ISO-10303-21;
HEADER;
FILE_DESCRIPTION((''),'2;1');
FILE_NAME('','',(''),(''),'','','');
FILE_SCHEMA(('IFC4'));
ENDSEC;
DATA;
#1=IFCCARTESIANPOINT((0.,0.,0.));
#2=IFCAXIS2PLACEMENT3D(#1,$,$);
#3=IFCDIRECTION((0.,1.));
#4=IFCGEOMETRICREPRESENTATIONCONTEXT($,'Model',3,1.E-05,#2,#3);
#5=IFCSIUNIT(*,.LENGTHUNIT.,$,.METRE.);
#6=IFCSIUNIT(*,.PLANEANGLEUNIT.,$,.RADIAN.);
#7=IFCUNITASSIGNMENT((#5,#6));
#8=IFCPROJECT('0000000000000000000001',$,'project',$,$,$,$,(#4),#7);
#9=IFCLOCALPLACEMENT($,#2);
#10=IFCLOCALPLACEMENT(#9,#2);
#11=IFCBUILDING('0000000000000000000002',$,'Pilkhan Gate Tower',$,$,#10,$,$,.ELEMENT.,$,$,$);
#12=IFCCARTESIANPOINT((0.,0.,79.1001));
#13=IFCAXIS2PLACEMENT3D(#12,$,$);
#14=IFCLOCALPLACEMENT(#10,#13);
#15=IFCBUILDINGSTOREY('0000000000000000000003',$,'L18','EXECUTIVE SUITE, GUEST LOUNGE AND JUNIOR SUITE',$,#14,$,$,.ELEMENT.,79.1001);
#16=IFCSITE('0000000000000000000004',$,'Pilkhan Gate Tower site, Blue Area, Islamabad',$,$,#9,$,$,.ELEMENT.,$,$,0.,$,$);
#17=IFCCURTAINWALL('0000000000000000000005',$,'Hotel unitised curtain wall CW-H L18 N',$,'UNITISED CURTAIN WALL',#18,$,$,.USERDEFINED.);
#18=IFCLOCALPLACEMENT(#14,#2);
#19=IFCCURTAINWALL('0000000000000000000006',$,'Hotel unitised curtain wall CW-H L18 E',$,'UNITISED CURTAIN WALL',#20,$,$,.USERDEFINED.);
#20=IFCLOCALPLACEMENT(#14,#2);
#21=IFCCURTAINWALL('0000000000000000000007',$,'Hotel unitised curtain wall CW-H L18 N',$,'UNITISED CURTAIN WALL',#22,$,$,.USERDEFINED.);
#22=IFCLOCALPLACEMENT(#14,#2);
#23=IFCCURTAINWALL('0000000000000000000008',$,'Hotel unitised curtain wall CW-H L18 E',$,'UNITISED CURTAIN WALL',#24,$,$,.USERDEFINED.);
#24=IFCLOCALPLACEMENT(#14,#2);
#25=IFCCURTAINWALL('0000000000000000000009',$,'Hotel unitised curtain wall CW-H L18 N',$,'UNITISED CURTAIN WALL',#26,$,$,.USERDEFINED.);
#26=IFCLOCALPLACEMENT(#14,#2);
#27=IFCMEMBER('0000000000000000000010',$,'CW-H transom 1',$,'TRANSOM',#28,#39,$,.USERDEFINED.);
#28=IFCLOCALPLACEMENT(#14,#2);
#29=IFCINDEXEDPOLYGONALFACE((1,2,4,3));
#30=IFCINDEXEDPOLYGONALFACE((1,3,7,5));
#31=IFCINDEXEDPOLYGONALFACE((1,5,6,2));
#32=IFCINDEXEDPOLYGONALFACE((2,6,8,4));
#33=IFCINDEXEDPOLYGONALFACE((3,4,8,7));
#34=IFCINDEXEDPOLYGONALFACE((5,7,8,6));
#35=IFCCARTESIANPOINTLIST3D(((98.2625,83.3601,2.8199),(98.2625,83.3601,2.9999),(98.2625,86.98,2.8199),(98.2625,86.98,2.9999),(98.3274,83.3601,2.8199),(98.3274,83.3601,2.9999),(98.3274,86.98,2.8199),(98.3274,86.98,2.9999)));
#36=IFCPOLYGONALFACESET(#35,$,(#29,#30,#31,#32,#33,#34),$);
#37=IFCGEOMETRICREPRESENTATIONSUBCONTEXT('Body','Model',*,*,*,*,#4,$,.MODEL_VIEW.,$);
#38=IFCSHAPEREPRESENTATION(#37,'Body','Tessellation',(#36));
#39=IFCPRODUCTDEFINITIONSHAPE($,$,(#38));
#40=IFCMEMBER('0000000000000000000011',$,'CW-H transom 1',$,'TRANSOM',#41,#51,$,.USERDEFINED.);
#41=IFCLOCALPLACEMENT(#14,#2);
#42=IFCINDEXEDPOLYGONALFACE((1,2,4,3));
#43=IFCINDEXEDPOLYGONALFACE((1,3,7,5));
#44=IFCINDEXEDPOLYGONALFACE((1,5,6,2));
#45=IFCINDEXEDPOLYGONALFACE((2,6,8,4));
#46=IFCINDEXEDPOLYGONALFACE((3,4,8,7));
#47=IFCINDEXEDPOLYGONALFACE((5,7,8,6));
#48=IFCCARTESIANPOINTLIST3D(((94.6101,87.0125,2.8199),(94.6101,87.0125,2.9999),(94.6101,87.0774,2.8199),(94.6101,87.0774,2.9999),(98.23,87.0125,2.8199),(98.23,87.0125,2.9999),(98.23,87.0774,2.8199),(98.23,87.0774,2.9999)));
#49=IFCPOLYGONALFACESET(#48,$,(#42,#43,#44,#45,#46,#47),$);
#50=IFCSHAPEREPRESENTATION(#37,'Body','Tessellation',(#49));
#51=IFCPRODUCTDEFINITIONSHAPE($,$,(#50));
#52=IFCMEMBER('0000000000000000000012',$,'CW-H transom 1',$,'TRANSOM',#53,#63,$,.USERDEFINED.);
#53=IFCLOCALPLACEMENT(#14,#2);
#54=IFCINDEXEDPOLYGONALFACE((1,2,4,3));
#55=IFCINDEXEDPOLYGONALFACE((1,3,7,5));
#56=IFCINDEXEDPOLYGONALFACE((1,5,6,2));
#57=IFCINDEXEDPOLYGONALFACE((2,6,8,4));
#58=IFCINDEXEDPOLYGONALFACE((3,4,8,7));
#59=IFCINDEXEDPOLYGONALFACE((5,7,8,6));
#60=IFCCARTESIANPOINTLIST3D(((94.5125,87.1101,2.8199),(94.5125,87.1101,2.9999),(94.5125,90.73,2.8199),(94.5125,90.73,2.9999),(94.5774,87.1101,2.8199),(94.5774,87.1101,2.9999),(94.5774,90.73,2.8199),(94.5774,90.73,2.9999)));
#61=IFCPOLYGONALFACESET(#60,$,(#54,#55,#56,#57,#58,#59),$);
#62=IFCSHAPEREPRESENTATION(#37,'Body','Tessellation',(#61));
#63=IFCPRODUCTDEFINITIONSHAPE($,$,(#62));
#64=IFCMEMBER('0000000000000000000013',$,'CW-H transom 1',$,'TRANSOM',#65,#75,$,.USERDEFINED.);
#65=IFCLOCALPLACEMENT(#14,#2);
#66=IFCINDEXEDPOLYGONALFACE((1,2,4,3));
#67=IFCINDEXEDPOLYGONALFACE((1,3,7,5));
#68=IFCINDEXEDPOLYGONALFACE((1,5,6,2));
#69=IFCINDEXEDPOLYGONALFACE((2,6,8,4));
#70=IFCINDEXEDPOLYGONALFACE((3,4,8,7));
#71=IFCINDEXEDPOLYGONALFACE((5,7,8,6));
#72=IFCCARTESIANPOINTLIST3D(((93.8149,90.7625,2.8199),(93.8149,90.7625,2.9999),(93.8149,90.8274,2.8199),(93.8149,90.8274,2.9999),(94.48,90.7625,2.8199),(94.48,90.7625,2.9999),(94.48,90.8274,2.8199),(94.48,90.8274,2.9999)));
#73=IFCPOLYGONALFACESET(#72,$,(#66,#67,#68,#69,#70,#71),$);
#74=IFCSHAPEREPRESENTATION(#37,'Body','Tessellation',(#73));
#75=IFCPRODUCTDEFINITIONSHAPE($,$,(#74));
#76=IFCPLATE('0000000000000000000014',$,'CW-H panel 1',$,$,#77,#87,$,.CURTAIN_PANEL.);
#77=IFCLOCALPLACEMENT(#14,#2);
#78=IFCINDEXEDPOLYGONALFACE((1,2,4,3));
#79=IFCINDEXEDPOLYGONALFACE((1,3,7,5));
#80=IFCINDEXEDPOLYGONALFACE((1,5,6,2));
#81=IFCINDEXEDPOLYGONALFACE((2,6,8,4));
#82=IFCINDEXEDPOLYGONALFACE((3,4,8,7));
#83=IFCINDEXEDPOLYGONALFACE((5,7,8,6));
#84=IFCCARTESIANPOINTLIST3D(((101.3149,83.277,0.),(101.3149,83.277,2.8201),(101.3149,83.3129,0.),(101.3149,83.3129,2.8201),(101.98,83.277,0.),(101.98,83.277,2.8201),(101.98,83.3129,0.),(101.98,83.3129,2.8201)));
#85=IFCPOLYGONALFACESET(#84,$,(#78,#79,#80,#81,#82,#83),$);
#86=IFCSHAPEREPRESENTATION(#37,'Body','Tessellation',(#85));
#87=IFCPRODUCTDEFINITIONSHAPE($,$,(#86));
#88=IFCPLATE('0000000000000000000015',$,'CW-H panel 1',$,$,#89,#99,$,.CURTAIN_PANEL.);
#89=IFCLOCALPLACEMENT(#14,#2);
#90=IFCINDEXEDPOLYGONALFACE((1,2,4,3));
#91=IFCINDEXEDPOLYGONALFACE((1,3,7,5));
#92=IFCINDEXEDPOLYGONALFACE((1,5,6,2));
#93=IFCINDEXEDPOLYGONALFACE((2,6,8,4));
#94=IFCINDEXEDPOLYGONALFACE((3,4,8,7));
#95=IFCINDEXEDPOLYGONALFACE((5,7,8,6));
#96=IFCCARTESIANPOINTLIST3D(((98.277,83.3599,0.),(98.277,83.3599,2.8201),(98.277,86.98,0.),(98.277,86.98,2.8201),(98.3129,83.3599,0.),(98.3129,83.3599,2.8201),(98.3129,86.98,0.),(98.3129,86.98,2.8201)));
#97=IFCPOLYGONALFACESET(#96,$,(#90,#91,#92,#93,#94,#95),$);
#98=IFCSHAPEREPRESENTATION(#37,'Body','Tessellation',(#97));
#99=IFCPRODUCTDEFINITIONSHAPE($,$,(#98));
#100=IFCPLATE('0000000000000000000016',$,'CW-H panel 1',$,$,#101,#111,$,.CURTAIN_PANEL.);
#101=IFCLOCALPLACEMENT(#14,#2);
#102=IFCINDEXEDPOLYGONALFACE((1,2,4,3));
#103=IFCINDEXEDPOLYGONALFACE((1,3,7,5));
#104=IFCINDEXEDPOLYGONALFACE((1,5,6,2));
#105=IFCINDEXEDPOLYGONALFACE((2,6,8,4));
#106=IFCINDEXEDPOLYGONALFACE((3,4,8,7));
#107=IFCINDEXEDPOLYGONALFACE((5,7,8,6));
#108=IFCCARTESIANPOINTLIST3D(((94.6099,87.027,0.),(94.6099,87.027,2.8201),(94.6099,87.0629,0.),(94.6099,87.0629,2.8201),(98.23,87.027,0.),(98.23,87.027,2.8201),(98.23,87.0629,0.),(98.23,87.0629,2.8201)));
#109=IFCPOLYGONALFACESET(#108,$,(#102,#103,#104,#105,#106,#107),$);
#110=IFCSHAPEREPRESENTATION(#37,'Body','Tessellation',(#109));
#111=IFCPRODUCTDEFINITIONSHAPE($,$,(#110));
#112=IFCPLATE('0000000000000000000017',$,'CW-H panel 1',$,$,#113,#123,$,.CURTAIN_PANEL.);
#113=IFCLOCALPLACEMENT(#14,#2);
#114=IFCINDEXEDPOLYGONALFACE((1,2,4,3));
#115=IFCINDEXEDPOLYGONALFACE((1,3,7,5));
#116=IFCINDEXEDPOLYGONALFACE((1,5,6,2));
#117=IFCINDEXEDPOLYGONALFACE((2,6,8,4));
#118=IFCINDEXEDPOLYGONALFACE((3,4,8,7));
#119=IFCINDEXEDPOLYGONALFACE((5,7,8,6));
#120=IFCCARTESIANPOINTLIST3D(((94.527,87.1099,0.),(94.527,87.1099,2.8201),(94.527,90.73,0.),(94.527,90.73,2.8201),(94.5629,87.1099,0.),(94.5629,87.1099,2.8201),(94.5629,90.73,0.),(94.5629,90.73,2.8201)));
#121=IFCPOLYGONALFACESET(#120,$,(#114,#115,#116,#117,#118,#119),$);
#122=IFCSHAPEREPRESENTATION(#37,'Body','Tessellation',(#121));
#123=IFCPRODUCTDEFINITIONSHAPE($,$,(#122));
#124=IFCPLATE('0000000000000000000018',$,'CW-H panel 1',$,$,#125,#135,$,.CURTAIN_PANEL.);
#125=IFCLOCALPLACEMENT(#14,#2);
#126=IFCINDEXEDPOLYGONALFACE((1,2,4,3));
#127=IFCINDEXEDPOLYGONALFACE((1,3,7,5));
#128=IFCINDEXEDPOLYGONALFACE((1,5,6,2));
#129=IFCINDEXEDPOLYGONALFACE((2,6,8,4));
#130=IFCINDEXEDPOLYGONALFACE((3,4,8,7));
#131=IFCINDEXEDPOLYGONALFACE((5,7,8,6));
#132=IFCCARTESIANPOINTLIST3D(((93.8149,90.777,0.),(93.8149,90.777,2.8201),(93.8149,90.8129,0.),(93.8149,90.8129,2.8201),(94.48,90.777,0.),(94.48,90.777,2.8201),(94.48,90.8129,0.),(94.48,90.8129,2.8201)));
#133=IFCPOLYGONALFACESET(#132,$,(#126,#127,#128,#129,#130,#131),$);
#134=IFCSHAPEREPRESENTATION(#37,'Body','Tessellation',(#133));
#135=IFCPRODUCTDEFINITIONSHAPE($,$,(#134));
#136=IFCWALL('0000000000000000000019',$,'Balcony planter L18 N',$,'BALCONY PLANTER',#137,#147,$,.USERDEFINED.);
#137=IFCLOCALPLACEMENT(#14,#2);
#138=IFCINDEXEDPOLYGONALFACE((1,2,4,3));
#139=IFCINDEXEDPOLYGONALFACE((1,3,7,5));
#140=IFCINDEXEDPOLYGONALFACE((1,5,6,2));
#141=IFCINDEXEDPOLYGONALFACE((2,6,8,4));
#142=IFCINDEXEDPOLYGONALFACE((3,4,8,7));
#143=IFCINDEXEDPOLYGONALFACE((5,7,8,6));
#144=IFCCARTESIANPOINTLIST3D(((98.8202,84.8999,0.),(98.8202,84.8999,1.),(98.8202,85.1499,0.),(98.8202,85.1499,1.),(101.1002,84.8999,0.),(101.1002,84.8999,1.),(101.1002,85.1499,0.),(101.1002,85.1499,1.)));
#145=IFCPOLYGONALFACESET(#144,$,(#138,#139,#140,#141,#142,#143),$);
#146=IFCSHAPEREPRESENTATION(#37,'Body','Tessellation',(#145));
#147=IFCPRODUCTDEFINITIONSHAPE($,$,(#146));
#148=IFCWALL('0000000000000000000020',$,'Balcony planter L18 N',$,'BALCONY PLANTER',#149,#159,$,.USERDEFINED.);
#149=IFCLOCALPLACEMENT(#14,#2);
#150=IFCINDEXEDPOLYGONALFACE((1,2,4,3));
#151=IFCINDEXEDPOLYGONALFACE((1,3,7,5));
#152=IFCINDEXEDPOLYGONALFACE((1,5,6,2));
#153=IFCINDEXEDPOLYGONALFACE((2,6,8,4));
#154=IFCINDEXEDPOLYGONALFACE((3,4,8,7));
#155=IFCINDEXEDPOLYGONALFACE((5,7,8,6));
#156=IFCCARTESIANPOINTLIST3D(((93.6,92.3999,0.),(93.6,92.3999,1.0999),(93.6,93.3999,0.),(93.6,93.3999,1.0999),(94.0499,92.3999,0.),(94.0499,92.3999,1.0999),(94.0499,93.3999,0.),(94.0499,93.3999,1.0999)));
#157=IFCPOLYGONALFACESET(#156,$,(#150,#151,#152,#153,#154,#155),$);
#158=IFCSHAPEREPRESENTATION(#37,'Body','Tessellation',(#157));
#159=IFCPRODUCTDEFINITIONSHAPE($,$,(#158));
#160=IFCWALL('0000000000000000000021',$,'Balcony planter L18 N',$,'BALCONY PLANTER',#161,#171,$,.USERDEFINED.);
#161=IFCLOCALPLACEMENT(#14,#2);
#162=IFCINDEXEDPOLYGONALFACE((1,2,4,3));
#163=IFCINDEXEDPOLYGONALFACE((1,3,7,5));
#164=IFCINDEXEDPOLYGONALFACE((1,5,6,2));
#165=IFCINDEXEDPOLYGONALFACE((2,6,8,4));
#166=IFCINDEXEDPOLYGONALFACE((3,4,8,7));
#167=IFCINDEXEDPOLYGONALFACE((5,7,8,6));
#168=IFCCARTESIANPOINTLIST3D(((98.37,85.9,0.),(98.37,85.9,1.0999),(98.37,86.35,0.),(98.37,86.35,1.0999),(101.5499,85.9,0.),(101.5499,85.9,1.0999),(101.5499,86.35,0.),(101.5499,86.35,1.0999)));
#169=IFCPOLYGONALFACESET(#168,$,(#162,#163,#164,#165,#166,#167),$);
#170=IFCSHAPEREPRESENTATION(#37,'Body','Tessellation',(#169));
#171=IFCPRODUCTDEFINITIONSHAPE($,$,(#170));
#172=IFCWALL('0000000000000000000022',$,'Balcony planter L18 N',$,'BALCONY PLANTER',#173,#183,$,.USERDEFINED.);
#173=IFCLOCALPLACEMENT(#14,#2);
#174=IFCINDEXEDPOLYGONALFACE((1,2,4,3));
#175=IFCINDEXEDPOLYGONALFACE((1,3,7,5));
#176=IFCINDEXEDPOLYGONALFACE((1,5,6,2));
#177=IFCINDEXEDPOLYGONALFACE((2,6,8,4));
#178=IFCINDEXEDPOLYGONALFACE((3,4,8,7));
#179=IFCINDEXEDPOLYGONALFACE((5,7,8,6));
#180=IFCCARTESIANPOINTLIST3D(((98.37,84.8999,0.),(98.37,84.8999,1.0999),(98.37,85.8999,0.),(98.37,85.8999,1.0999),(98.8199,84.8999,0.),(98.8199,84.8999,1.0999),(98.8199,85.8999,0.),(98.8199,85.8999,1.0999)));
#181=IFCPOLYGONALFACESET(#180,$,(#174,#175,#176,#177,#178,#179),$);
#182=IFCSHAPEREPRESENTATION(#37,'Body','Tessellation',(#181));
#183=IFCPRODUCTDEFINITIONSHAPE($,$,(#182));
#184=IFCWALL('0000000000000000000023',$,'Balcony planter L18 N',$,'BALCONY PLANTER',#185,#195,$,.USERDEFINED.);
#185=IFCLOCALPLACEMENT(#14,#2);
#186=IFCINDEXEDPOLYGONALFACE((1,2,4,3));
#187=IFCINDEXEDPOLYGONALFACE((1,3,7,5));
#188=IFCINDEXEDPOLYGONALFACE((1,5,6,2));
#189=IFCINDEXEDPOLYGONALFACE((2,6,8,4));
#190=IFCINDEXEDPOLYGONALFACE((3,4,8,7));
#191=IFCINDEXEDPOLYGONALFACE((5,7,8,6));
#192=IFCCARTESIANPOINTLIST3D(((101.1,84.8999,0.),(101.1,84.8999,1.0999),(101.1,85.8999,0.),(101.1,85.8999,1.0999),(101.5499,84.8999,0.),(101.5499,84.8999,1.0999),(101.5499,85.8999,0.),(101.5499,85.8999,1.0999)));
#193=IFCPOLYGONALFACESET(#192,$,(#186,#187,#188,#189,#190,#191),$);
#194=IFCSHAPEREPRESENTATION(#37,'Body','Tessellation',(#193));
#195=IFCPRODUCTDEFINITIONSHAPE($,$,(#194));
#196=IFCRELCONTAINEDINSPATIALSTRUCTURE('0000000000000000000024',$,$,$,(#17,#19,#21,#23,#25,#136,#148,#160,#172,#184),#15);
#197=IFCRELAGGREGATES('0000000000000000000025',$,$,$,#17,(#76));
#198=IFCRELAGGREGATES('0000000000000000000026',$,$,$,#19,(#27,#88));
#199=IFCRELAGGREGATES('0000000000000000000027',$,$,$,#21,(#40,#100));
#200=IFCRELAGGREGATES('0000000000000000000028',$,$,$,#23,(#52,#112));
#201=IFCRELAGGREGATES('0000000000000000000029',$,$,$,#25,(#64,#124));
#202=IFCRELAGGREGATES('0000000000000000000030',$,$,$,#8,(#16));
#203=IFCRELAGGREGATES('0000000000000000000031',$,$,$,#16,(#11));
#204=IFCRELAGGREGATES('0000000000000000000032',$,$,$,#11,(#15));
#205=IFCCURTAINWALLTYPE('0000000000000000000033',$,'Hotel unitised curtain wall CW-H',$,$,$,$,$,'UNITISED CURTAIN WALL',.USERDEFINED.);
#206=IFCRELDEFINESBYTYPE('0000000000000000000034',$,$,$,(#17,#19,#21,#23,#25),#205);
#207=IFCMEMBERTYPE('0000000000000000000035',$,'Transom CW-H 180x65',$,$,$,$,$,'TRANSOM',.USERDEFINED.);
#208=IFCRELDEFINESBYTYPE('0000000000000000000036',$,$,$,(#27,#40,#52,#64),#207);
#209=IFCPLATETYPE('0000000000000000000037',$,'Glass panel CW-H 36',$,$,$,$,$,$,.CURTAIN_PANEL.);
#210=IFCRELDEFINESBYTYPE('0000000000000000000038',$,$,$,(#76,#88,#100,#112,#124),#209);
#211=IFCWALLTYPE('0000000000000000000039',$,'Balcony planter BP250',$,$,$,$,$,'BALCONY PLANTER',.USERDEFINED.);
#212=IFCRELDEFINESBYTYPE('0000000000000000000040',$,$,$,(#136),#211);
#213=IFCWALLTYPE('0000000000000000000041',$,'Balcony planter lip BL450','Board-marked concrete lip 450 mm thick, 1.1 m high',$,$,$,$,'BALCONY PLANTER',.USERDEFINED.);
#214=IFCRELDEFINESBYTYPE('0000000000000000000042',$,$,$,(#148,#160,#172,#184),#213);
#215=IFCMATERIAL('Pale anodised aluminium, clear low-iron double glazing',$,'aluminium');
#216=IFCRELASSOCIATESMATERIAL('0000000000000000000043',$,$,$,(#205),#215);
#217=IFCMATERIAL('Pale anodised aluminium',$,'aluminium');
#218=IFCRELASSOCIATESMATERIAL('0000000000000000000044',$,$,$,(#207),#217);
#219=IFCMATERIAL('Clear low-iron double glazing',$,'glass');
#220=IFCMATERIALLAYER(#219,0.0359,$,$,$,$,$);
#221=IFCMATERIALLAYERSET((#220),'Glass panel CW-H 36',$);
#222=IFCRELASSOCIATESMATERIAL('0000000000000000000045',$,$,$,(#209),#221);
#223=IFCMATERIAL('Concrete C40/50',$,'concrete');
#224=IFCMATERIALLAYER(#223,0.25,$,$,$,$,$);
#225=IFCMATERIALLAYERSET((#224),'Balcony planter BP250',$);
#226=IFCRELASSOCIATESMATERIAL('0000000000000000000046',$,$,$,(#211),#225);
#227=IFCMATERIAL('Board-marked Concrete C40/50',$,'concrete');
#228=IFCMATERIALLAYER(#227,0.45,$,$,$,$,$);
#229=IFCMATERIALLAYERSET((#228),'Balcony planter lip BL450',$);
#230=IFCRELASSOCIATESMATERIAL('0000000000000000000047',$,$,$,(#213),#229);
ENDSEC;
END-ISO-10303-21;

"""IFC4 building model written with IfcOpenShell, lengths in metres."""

from ifc_helpers import new_model, si_unit, direction, frame, frame_2d, origin, origin_2d, place, context, subcontext, project, spatial, rectangle, extrude, material, layer, layer_set, material_profile, profile_set, type_object, element, aggregate, save


model = new_model("IFC4")

# Units and contexts
model_context = context("Model", 3, precision=1e-05, world=origin(), true_north=direction((0.0, 1.0)))
body_context = subcontext(model_context, "Body", "Model", "MODEL_VIEW")
ifc_project = project(units=[si_unit("LENGTHUNIT", "METRE"), si_unit("PLANEANGLEUNIT", "RADIAN")], contexts=[model_context])

# Site, building, storey
site_placement = place(None, origin())
site = spatial("IfcSite", under=ifc_project, at=site_placement, Name="Pilkhan Gate Tower site, Blue Area, Islamabad", CompositionType="ELEMENT", RefElevation=0.0)
building_placement = place(site_placement, origin())
building = spatial("IfcBuilding", under=site, at=building_placement, Name="Pilkhan Gate Tower", CompositionType="ELEMENT")
storey_placement = place(building_placement, frame((0.0, 0.0, 79.1001)))
storey = spatial("IfcBuildingStorey", under=building, at=storey_placement, Name="L18", Description="EXECUTIVE SUITE, GUEST LOUNGE AND JUNIOR SUITE", CompositionType="ELEMENT", Elevation=79.1001)

# Curtain wall
ifc_material_1 = material(Name="Pale anodised aluminium, clear low-iron double glazing", Category="aluminium")
curtain_wall_type = type_object("IfcCurtainWallType", Name="Hotel unitised curtain wall CW-H", ElementType="UNITISED CURTAIN WALL", PredefinedType="USERDEFINED", material=ifc_material_1)
curtain_wall_1_placement = place(storey_placement, origin())
curtain_wall_1 = element("IfcCurtainWall", 1, at=curtain_wall_1_placement, inside=storey, type_object=curtain_wall_type, Name="Hotel unitised curtain wall CW-H L18 N", ObjectType="UNITISED CURTAIN WALL", PredefinedType="USERDEFINED")
ifc_material_2 = material(Name="Pale anodised aluminium", Category="aluminium")

# Curtain walls
curtain_wall_2_placement = place(storey_placement, origin())
curtain_wall_2 = element("IfcCurtainWall", 2, at=curtain_wall_2_placement, inside=storey, type_object=curtain_wall_type, Name="Hotel unitised curtain wall CW-H L18 E", ObjectType="UNITISED CURTAIN WALL", PredefinedType="USERDEFINED")
curtain_wall_3_placement = place(storey_placement, origin())
curtain_wall_3 = element("IfcCurtainWall", 3, at=curtain_wall_3_placement, inside=storey, type_object=curtain_wall_type, Name="Hotel unitised curtain wall CW-H L18 N", ObjectType="UNITISED CURTAIN WALL", PredefinedType="USERDEFINED")
curtain_wall_4_placement = place(storey_placement, origin())
curtain_wall_4 = element("IfcCurtainWall", 4, at=curtain_wall_4_placement, inside=storey, type_object=curtain_wall_type, Name="Hotel unitised curtain wall CW-H L18 E", ObjectType="UNITISED CURTAIN WALL", PredefinedType="USERDEFINED")
curtain_wall_5_placement = place(storey_placement, origin())
curtain_wall_5 = element("IfcCurtainWall", 5, at=curtain_wall_5_placement, inside=storey, type_object=curtain_wall_type, Name="Hotel unitised curtain wall CW-H L18 N", ObjectType="UNITISED CURTAIN WALL", PredefinedType="USERDEFINED")

# Members
ifc_material_profile_1 = material_profile(ifc_material_2, rectangle(XDim=0.0649, YDim=0.1799, at=origin_2d()), Name="Transom 180x65")
ifc_profile_set_1 = profile_set([ifc_material_profile_1], Name="Pale anodised aluminium")
member_type_1 = type_object("IfcMemberType", Name="Transom CW-H 180x65", ElementType="TRANSOM", PredefinedType="USERDEFINED", material=ifc_profile_set_1)
member_1_placement = place(storey_placement, frame((98.2949, 83.3601, 2.9099), z_axis=(0.0, 1.0, 0.0), x_axis=(-1.0, 0.0, 0.0)))
member_1 = element("IfcMember", 6, at=member_1_placement, type_object=member_type_1, Name="CW-H transom 1", ObjectType="TRANSOM", PredefinedType="USERDEFINED", context=body_context, shape_type="SweptSolid", body=[
    extrude(rectangle(XDim=0.0649, YDim=0.1799, at=origin_2d()), origin(), (0.0, 0.0, 1.0), 3.6199),
])
member_2_placement = place(storey_placement, frame((94.6101, 87.0449, 2.9099), z_axis=(1.0, 0.0, 0.0), x_axis=(0.0, 1.0, 0.0)))
member_2 = element("IfcMember", 7, at=member_2_placement, type_object=member_type_1, Name="CW-H transom 1", ObjectType="TRANSOM", PredefinedType="USERDEFINED", context=body_context, shape_type="SweptSolid", body=[
    extrude(rectangle(XDim=0.0649, YDim=0.1799, at=origin_2d()), origin(), (0.0, 0.0, 1.0), 3.6199),
])
member_3_placement = place(storey_placement, frame((94.5449, 87.1101, 2.9099), z_axis=(0.0, 1.0, 0.0), x_axis=(-1.0, 0.0, 0.0)))
member_3 = element("IfcMember", 8, at=member_3_placement, type_object=member_type_1, Name="CW-H transom 1", ObjectType="TRANSOM", PredefinedType="USERDEFINED", context=body_context, shape_type="SweptSolid", body=[
    extrude(rectangle(XDim=0.0649, YDim=0.1799, at=origin_2d()), origin(), (0.0, 0.0, 1.0), 3.6199),
])
member_4_placement = place(storey_placement, frame((93.8149, 90.7949, 2.9099), z_axis=(1.0, 0.0, 0.0), x_axis=(0.0, 1.0, 0.0)))
member_4 = element("IfcMember", 9, at=member_4_placement, type_object=member_type_1, Name="CW-H transom 1", ObjectType="TRANSOM", PredefinedType="USERDEFINED", context=body_context, shape_type="SweptSolid", body=[
    extrude(rectangle(XDim=0.0649, YDim=0.1799, at=origin_2d()), origin(), (0.0, 0.0, 1.0), 0.665),
])

# Plates
ifc_material_3 = material(Name="Clear low-iron double glazing", Category="glass")
ifc_layer_1 = layer(ifc_material_3, 0.0359)
ifc_layer_set_1 = layer_set([ifc_layer_1], Name="Glass panel CW-H 36")
plate_type = type_object("IfcPlateType", Name="Glass panel CW-H 36", PredefinedType="CURTAIN_PANEL", material=ifc_layer_set_1)
plate_1_placement = place(storey_placement, frame((101.6475, 83.2949, 0.0), z_axis=(0.0, 0.0, 1.0), x_axis=(1.0, 0.0, 0.0)))
plate_1 = element("IfcPlate", 10, at=plate_1_placement, type_object=plate_type, Name="CW-H panel 1", PredefinedType="CURTAIN_PANEL", context=body_context, shape_type="SweptSolid", body=[
    extrude(rectangle(XDim=0.665, YDim=0.0359, at=origin_2d()), origin(), (0.0, 0.0, 1.0), 2.8201),
])
aggregate(curtain_wall_1, [plate_1])
plate_2_placement = place(storey_placement, frame((98.2949, 85.1699, 0.0), z_axis=(0.0, 0.0, 1.0), x_axis=(0.0, 1.0, 0.0)))
plate_2 = element("IfcPlate", 11, at=plate_2_placement, type_object=plate_type, Name="CW-H panel 1", PredefinedType="CURTAIN_PANEL", context=body_context, shape_type="SweptSolid", body=[
    extrude(rectangle(XDim=3.6201, YDim=0.0359, at=origin_2d()), origin(), (0.0, 0.0, 1.0), 2.8201),
])
aggregate(curtain_wall_2, [member_1, plate_2])
plate_3_placement = place(storey_placement, frame((96.4199, 87.0449, 0.0), z_axis=(0.0, 0.0, 1.0), x_axis=(1.0, 0.0, 0.0)))
plate_3 = element("IfcPlate", 12, at=plate_3_placement, type_object=plate_type, Name="CW-H panel 1", PredefinedType="CURTAIN_PANEL", context=body_context, shape_type="SweptSolid", body=[
    extrude(rectangle(XDim=3.6201, YDim=0.0359, at=origin_2d()), origin(), (0.0, 0.0, 1.0), 2.8201),
])
aggregate(curtain_wall_3, [member_2, plate_3])
plate_4_placement = place(storey_placement, frame((94.5449, 88.9199, 0.0), z_axis=(0.0, 0.0, 1.0), x_axis=(0.0, 1.0, 0.0)))
plate_4 = element("IfcPlate", 13, at=plate_4_placement, type_object=plate_type, Name="CW-H panel 1", PredefinedType="CURTAIN_PANEL", context=body_context, shape_type="SweptSolid", body=[
    extrude(rectangle(XDim=3.6201, YDim=0.0359, at=origin_2d()), origin(), (0.0, 0.0, 1.0), 2.8201),
])
aggregate(curtain_wall_4, [member_3, plate_4])
plate_5_placement = place(storey_placement, frame((94.1475, 90.7949, 0.0), z_axis=(0.0, 0.0, 1.0), x_axis=(1.0, 0.0, 0.0)))
plate_5 = element("IfcPlate", 14, at=plate_5_placement, type_object=plate_type, Name="CW-H panel 1", PredefinedType="CURTAIN_PANEL", context=body_context, shape_type="SweptSolid", body=[
    extrude(rectangle(XDim=0.665, YDim=0.0359, at=origin_2d()), origin(), (0.0, 0.0, 1.0), 2.8201),
])
aggregate(curtain_wall_5, [member_4, plate_5])

# Walls
ifc_material_4 = material(Name="Concrete C40/50", Category="concrete")
ifc_layer_2 = layer(ifc_material_4, 0.25)
ifc_layer_set_2 = layer_set([ifc_layer_2], Name="Balcony planter BP250")
wall_type_1 = type_object("IfcWallType", Name="Balcony planter BP250", ElementType="BALCONY PLANTER", PredefinedType="USERDEFINED", material=ifc_layer_set_2)
wall_1_placement = place(storey_placement, frame((98.8201, 85.0249, 0.0), z_axis=(0.0, 0.0, 1.0), x_axis=(1.0, 0.0, 0.0)))
element("IfcWall", 15, at=wall_1_placement, inside=storey, type_object=wall_type_1, Name="Balcony planter L18 N", ObjectType="BALCONY PLANTER", PredefinedType="USERDEFINED", context=body_context, shape_type="SweptSolid", body=[
    extrude(rectangle(XDim=2.28, YDim=0.25, at=frame_2d((1.1401, 0.0))), origin(), (0.0, 0.0, 1.0), 1.0),
])
ifc_material_5 = material(Name="Board-marked Concrete C40/50", Category="concrete")
ifc_layer_3 = layer(ifc_material_5, 0.45)
ifc_layer_set_3 = layer_set([ifc_layer_3], Name="Balcony planter lip BL450")
wall_type_2 = type_object("IfcWallType", Name="Balcony planter lip BL450", Description="Board-marked concrete lip 450 mm thick, 1.1 m high", ElementType="BALCONY PLANTER", PredefinedType="USERDEFINED", material=ifc_layer_set_3)
wall_2_placement = place(storey_placement, frame((93.825, 92.3999, 0.0), z_axis=(0.0, 0.0, 1.0), x_axis=(0.0, 1.0, 0.0)))
element("IfcWall", 16, at=wall_2_placement, inside=storey, type_object=wall_type_2, Name="Balcony planter L18 N", ObjectType="BALCONY PLANTER", PredefinedType="USERDEFINED", context=body_context, shape_type="SweptSolid", body=[
    extrude(rectangle(XDim=1.0, YDim=0.45, at=frame_2d((0.5, 0.0))), origin(), (0.0, 0.0, 1.0), 1.0999),
])
wall_3_placement = place(storey_placement, frame((98.3701, 86.125, 0.0), z_axis=(0.0, 0.0, 1.0), x_axis=(1.0, 0.0, 0.0)))
element("IfcWall", 17, at=wall_3_placement, inside=storey, type_object=wall_type_2, Name="Balcony planter L18 N", ObjectType="BALCONY PLANTER", PredefinedType="USERDEFINED", context=body_context, shape_type="SweptSolid", body=[
    extrude(rectangle(XDim=3.1799, YDim=0.45, at=frame_2d((1.5898, 0.0))), origin(), (0.0, 0.0, 1.0), 1.0999),
])
for number, where, z_axis, x_axis, name in (
    (18, (98.595, 84.8999, 0.0), (0.0, 0.0, 1.0), (0.0, 1.0, 0.0), "Balcony planter L18 N"),
    (19, (101.325, 84.8999, 0.0), (0.0, 0.0, 1.0), (0.0, 1.0, 0.0), "Balcony planter L18 N"),
):
    element("IfcWall", number, at=place(storey_placement, frame(where, z_axis=z_axis, x_axis=x_axis)), inside=storey, type_object=wall_type_2, Name=name, ObjectType="BALCONY PLANTER", PredefinedType="USERDEFINED", context=body_context, shape_type="SweptSolid", body=[
        extrude(rectangle(XDim=1.0, YDim=0.45, at=frame_2d((0.5, 0.0))), origin(), (0.0, 0.0, 1.0), 1.0999),
    ])

save(model, "model.ifc")
